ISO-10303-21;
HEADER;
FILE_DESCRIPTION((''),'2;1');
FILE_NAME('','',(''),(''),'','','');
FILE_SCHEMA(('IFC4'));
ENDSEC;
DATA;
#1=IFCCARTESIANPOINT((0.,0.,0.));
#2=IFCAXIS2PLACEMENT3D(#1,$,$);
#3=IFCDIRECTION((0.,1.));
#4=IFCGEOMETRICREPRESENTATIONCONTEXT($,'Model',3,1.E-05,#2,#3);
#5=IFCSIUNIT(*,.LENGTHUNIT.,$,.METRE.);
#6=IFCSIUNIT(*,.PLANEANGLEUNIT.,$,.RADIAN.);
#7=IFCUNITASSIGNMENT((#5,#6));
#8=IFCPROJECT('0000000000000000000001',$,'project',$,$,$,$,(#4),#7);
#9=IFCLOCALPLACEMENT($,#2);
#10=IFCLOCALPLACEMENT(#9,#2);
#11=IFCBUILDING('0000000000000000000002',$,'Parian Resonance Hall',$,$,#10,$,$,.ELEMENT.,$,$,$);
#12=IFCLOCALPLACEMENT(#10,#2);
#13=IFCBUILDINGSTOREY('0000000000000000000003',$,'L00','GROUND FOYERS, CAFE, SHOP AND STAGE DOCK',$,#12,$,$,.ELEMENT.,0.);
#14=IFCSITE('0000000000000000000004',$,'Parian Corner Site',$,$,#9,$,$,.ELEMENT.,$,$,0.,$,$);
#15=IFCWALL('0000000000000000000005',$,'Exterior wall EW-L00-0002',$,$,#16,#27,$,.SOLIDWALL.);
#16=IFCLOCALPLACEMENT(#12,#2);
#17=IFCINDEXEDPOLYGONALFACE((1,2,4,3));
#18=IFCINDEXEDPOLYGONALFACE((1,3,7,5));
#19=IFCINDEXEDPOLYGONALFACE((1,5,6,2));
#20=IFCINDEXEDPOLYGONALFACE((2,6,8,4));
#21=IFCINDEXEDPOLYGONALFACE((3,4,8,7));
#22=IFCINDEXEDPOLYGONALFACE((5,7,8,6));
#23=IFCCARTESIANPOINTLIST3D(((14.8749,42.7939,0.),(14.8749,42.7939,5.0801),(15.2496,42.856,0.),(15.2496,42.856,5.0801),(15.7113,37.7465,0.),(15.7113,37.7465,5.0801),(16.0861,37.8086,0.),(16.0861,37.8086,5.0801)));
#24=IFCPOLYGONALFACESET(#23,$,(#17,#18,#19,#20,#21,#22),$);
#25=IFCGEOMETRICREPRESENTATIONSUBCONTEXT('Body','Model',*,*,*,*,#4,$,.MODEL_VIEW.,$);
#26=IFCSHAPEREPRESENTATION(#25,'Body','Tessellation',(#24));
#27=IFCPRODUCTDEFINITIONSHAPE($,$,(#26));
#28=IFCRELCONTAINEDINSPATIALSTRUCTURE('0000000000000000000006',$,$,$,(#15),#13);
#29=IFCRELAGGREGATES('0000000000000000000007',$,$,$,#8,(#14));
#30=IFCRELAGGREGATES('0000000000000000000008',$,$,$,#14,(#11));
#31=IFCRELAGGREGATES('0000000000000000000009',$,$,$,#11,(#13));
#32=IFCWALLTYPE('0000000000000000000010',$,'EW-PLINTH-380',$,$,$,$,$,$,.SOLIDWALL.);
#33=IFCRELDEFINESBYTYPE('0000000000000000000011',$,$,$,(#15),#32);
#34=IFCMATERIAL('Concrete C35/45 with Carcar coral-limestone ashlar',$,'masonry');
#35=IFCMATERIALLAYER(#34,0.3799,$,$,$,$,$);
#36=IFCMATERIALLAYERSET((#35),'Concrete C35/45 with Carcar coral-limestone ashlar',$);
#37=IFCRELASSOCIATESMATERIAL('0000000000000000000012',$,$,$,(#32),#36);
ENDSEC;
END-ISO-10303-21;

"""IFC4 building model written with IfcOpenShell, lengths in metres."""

from ifc_helpers import new_model, si_unit, direction, frame, frame_2d, origin, place, context, subcontext, project, spatial, rectangle, extrude, material, layer, layer_set, type_object, element, save


model = new_model("IFC4")

# Units and contexts
model_context = context("Model", 3, precision=1e-05, world=origin(), true_north=direction((0.0, 1.0)))
body_context = subcontext(model_context, "Body", "Model", "MODEL_VIEW")
ifc_project = project(units=[si_unit("LENGTHUNIT", "METRE"), si_unit("PLANEANGLEUNIT", "RADIAN")], contexts=[model_context])

# Site, building, storey
site_placement = place(None, origin())
site = spatial("IfcSite", under=ifc_project, at=site_placement, Name="Parian Corner Site", CompositionType="ELEMENT", RefElevation=0.0)
building_placement = place(site_placement, origin())
building = spatial("IfcBuilding", under=site, at=building_placement, Name="Parian Resonance Hall", CompositionType="ELEMENT")
storey_placement = place(building_placement, origin())
storey = spatial("IfcBuildingStorey", under=building, at=storey_placement, Name="L00", Description="GROUND FOYERS, CAFE, SHOP AND STAGE DOCK", CompositionType="ELEMENT", Elevation=0.0)

# Wall
ifc_material_1 = material(Name="Concrete C35/45 with Carcar coral-limestone ashlar", Category="masonry")
ifc_layer_1 = layer(ifc_material_1, 0.3799)
ifc_layer_set_1 = layer_set([ifc_layer_1], Name="Concrete C35/45 with Carcar coral-limestone ashlar")
wall_type = type_object("IfcWallType", Name="EW-PLINTH-380", PredefinedType="SOLIDWALL", material=ifc_layer_set_1)
wall_placement = place(storey_placement, frame((15.8987, 37.7776, 0.0), z_axis=(0.0, 0.0, 1.0), x_axis=(-0.163486, 0.986546, 0.0)))
element("IfcWall", 1, at=wall_placement, inside=storey, type_object=wall_type, Name="Exterior wall EW-L00-0002", PredefinedType="SOLIDWALL", context=body_context, shape_type="SweptSolid", body=[
    extrude(rectangle(XDim=5.1162, YDim=0.3799, at=frame_2d((2.5581, 0.0))), origin(), (0.0, 0.0, 1.0), 5.0801),
])

save(model, "model.ifc")
